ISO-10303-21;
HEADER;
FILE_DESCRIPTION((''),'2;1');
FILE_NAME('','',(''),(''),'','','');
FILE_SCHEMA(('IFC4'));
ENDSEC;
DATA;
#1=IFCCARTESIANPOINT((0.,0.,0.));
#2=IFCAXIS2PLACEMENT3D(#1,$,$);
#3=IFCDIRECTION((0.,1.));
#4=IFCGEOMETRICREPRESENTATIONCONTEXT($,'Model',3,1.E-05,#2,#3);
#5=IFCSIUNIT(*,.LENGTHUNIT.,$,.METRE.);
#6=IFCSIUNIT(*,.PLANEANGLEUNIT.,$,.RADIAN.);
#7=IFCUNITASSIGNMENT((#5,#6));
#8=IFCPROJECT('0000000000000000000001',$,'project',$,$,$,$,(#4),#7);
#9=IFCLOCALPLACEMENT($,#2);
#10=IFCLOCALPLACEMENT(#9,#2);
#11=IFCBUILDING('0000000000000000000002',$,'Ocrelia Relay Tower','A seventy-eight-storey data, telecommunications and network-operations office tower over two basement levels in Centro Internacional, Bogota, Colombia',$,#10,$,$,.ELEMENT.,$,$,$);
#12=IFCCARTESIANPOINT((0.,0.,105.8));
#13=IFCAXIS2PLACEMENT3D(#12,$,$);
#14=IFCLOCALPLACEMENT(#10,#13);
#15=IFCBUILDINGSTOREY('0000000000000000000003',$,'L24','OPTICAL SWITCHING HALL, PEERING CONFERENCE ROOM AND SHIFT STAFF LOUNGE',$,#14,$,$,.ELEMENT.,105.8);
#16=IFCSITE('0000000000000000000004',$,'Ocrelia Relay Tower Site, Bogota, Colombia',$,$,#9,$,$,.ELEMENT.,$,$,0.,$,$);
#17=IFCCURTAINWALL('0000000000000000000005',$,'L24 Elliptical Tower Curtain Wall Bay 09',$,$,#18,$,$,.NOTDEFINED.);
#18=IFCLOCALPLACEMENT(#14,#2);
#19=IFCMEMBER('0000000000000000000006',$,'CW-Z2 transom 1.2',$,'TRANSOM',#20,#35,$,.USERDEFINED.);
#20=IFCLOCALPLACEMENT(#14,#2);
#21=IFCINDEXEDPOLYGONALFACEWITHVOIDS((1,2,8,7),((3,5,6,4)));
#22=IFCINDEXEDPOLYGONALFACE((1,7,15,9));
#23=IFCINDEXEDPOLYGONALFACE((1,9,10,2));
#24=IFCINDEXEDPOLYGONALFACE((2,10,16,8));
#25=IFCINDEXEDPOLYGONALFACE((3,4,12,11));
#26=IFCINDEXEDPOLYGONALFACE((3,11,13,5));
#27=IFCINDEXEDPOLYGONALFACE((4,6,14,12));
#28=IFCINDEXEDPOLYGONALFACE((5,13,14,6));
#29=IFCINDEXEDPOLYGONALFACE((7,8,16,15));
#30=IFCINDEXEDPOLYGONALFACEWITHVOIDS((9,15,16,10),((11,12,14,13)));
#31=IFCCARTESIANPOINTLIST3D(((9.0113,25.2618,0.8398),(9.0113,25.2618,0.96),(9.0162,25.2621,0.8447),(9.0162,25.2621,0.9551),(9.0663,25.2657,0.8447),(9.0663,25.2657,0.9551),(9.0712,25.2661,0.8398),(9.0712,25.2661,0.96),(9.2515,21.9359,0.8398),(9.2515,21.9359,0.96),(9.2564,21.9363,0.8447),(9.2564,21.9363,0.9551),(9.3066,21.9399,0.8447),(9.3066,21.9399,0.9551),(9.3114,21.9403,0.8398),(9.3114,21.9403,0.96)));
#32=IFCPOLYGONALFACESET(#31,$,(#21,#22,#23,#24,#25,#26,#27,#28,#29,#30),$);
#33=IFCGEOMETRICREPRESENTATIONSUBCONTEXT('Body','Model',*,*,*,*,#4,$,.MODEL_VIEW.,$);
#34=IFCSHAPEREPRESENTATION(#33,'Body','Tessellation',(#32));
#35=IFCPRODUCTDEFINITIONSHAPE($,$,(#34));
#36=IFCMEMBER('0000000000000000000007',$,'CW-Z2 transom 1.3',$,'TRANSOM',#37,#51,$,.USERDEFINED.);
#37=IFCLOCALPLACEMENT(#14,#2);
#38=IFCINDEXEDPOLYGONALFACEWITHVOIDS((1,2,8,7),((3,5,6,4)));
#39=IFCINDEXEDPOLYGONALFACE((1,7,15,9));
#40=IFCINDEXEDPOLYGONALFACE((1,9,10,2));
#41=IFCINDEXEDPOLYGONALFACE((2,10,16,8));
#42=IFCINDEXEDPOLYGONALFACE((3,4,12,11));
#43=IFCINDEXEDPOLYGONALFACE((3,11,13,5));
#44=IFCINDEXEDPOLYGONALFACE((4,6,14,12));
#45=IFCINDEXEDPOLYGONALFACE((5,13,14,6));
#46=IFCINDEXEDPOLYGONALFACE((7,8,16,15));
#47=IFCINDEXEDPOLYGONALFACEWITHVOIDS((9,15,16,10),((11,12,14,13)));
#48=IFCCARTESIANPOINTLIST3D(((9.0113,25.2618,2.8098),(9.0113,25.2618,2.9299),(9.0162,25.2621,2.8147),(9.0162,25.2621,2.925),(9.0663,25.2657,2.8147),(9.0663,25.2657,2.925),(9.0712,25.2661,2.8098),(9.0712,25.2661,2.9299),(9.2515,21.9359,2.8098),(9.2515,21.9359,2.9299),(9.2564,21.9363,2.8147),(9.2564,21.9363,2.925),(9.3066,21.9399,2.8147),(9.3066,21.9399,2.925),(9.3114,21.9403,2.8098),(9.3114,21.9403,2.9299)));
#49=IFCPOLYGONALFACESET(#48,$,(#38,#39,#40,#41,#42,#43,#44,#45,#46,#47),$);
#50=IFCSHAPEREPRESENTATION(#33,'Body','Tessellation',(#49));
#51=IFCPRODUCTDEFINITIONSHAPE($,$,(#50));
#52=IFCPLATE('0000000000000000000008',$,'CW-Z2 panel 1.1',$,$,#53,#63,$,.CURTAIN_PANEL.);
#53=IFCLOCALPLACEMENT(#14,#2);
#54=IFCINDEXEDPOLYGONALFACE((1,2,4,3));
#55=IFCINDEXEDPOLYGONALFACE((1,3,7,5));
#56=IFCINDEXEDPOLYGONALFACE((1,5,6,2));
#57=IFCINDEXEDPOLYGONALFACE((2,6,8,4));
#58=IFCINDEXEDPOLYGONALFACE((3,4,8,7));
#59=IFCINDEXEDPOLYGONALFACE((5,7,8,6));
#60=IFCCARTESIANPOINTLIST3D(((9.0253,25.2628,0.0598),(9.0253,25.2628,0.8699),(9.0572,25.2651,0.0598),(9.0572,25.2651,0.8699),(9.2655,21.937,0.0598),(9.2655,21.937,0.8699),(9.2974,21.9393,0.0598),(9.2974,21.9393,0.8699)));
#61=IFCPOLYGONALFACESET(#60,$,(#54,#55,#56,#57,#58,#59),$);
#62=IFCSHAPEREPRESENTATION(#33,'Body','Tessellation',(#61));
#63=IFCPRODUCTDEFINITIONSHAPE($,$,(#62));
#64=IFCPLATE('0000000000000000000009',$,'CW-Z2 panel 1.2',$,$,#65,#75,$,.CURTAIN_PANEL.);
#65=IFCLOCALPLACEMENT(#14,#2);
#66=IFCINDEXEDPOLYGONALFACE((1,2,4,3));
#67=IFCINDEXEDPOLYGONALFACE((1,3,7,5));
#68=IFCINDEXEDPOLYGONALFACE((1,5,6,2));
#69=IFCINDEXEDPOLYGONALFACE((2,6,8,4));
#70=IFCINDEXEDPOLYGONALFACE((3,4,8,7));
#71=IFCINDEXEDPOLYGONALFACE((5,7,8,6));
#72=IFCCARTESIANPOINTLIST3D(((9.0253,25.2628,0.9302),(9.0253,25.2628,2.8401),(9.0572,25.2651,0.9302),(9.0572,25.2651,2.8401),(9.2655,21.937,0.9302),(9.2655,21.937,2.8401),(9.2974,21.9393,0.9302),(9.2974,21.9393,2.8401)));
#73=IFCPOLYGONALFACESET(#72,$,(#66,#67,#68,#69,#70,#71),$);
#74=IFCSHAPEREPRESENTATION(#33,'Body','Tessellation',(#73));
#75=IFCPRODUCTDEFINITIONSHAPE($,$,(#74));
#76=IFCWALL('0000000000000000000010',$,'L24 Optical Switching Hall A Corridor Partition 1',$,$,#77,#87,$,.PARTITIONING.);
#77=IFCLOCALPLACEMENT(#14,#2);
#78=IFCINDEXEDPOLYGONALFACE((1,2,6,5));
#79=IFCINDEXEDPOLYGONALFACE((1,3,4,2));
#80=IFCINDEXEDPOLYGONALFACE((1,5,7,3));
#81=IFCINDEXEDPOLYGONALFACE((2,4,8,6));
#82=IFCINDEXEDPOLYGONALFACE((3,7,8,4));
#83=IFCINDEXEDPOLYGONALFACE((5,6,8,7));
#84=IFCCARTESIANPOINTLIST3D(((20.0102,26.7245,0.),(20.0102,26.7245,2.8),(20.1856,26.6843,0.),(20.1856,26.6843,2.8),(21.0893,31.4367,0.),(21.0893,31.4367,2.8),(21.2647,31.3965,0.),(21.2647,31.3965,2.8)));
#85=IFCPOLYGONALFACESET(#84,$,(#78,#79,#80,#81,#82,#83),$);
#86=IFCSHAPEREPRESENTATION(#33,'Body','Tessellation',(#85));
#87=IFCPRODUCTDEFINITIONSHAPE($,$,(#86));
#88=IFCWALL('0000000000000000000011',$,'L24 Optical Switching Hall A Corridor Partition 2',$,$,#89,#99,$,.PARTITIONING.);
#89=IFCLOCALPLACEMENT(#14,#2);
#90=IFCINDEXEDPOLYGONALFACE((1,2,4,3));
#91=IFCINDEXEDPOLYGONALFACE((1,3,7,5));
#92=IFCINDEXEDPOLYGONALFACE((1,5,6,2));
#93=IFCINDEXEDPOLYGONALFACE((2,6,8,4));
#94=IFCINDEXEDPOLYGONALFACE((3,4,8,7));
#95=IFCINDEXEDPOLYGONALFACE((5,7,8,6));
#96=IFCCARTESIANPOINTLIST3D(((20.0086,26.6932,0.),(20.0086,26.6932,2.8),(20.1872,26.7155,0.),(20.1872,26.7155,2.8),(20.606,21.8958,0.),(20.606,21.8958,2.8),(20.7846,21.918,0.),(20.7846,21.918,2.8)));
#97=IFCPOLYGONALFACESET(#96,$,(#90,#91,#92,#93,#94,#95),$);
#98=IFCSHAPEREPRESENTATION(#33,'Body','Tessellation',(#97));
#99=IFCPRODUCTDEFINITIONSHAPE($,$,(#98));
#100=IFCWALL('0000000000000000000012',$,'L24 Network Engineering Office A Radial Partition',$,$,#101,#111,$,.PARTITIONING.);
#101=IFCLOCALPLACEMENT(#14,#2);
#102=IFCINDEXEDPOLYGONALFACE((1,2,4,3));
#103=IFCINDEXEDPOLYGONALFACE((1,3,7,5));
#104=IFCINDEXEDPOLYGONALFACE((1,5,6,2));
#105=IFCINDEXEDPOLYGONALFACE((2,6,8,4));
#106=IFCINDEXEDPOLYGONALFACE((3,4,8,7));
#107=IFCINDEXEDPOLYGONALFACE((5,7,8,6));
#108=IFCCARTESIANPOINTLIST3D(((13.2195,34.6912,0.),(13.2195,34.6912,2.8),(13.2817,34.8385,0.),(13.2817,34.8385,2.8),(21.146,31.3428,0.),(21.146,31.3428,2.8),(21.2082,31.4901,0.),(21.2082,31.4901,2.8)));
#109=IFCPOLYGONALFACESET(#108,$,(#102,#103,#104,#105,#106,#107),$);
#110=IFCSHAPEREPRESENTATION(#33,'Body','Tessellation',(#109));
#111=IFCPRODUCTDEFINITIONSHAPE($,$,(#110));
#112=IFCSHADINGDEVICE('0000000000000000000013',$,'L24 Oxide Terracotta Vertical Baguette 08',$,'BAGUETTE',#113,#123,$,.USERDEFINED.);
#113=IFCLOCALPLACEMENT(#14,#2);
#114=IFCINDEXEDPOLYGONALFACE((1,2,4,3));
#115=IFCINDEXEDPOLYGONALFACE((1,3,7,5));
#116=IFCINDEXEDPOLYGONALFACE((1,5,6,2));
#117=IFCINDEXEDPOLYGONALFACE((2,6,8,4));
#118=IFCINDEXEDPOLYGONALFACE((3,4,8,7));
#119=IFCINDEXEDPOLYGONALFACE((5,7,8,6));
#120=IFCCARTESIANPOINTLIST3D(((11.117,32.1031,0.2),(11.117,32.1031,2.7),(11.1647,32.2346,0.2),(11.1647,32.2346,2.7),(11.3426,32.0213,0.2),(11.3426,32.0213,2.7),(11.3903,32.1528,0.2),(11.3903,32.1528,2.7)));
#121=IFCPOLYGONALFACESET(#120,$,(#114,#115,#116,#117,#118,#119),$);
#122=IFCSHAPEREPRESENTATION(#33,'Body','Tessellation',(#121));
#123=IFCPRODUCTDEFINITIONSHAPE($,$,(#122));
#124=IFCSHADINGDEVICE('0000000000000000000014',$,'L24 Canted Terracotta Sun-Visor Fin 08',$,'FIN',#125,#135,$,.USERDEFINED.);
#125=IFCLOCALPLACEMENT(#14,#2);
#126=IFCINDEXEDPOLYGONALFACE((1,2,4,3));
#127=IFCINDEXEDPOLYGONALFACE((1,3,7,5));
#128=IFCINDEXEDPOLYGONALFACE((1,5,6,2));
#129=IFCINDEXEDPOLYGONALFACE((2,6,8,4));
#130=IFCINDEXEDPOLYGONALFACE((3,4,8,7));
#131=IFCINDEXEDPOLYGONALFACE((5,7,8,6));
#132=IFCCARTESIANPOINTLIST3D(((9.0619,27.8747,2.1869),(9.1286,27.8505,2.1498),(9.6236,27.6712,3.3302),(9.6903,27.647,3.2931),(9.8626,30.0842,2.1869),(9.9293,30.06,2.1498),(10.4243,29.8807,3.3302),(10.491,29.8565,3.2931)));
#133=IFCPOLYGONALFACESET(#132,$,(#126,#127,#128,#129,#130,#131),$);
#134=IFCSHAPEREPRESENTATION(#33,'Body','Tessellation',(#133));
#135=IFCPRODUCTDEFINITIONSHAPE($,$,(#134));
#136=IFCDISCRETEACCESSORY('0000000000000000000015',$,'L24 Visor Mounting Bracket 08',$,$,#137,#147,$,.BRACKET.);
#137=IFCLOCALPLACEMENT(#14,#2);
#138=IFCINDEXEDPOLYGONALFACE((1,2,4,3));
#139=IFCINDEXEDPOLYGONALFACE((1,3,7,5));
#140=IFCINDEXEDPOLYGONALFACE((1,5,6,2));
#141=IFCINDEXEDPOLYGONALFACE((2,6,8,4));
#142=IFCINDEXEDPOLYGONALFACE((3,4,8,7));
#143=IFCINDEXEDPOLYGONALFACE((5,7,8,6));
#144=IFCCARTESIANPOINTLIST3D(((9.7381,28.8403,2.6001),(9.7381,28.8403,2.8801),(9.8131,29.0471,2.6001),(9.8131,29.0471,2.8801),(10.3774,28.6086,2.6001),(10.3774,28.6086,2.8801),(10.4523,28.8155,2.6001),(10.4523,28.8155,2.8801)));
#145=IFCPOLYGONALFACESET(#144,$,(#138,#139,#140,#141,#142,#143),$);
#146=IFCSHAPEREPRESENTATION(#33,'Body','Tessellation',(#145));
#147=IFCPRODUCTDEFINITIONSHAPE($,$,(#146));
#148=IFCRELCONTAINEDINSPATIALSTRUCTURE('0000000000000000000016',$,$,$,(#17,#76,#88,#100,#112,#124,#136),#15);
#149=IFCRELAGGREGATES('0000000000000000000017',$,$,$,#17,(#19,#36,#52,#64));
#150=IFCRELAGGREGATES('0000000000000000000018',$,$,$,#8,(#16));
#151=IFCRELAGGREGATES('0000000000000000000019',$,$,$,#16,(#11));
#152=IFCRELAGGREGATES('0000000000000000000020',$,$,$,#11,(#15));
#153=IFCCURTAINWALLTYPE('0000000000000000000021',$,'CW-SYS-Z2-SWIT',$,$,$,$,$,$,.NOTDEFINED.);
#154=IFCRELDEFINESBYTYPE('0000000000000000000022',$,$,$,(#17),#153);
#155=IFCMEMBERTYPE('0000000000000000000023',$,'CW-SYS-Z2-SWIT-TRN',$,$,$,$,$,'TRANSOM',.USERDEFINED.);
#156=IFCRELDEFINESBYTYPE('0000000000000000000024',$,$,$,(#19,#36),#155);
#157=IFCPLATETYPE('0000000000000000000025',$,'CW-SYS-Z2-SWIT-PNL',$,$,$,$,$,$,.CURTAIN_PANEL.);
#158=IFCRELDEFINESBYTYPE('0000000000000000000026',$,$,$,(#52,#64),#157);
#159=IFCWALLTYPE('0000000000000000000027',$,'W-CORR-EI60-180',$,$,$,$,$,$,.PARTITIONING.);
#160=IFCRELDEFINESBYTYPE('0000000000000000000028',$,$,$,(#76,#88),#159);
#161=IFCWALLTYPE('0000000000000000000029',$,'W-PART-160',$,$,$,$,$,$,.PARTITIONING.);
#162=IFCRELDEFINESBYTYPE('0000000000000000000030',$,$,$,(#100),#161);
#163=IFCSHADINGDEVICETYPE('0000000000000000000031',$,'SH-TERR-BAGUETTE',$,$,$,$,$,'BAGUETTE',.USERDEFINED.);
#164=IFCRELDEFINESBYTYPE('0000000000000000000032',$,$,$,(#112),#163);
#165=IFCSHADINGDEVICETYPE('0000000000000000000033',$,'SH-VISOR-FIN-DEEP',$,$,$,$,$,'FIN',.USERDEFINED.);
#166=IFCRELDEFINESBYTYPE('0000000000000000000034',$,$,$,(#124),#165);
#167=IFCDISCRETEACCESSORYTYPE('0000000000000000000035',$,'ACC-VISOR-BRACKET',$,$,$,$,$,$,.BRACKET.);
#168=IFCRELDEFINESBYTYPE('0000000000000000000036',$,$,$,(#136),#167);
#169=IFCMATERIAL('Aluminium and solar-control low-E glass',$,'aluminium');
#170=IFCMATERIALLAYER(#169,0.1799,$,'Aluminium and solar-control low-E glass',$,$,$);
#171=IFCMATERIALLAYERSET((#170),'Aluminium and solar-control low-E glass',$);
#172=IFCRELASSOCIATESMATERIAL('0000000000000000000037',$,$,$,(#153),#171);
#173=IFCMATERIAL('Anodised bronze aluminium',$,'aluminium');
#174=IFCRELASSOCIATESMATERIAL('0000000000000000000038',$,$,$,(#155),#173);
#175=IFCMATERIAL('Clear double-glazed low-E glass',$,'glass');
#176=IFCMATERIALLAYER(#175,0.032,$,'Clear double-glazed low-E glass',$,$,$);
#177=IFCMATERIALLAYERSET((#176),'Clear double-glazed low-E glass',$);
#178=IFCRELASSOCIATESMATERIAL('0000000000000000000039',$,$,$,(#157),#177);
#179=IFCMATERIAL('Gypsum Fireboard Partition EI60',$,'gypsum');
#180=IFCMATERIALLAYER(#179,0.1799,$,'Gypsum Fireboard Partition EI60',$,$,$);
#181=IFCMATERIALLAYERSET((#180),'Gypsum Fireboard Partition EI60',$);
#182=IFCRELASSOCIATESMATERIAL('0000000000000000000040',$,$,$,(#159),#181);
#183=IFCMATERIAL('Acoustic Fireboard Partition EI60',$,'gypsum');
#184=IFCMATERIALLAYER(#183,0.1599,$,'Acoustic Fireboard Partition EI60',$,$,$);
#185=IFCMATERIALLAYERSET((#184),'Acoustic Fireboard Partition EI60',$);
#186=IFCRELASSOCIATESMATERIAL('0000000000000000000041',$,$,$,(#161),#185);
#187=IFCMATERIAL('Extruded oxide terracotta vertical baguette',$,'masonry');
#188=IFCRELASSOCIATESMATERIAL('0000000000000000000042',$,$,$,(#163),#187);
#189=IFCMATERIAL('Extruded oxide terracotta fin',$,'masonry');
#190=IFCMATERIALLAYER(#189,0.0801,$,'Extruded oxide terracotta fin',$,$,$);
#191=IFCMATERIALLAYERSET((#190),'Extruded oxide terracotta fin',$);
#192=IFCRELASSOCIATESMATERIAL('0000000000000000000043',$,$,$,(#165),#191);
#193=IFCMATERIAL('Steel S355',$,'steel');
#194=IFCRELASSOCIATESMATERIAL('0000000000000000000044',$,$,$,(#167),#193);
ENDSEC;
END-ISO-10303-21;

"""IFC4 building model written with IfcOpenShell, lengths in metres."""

from ifc_helpers import new_model, si_unit, direction, frame, frame_2d, origin, origin_2d, place, context, subcontext, project, spatial, rectangle, hollow_rectangle, extrude, material, layer, layer_set, material_profile, profile_set, type_object, element, aggregate, save


model = new_model("IFC4")

# Units and contexts
model_context = context("Model", 3, precision=1e-05, world=origin(), true_north=direction((0.0, 1.0)))
body_context = subcontext(model_context, "Body", "Model", "MODEL_VIEW")
ifc_project = project(units=[si_unit("LENGTHUNIT", "METRE"), si_unit("PLANEANGLEUNIT", "RADIAN")], contexts=[model_context])

# Site, building, storey
site_placement = place(None, origin())
site = spatial("IfcSite", under=ifc_project, at=site_placement, Name="Ocrelia Relay Tower Site, Bogota, Colombia", CompositionType="ELEMENT", RefElevation=0.0)
building_placement = place(site_placement, origin())
building = spatial("IfcBuilding", under=site, at=building_placement, Name="Ocrelia Relay Tower", Description="A seventy-eight-storey data, telecommunications and network-operations office tower over two basement levels in Centro Internacional, Bogota, Colombia", CompositionType="ELEMENT")
storey_placement = place(building_placement, frame((0.0, 0.0, 105.8)))
storey = spatial("IfcBuildingStorey", under=building, at=storey_placement, Name="L24", Description="OPTICAL SWITCHING HALL, PEERING CONFERENCE ROOM AND SHIFT STAFF LOUNGE", CompositionType="ELEMENT", Elevation=105.8)

# Shared definitions
ifc_material_1 = material(Name="Steel S355", Category="steel")

# Curtain wall, members, plates
ifc_material_2 = material(Name="Aluminium and solar-control low-E glass", Category="aluminium")
ifc_layer_1 = layer(ifc_material_2, 0.1799, Name="Aluminium and solar-control low-E glass")
ifc_layer_set_1 = layer_set([ifc_layer_1], Name="Aluminium and solar-control low-E glass")
curtain_wall_type = type_object("IfcCurtainWallType", Name="CW-SYS-Z2-SWIT", PredefinedType="NOTDEFINED", material=ifc_layer_set_1)
curtain_wall_placement = place(storey_placement, origin())
curtain_wall = element("IfcCurtainWall", 1, at=curtain_wall_placement, inside=storey, type_object=curtain_wall_type, Name="L24 Elliptical Tower Curtain Wall Bay 09", PredefinedType="NOTDEFINED")
ifc_material_3 = material(Name="Anodised bronze aluminium", Category="aluminium")
ifc_material_profile_1 = material_profile(ifc_material_3, hollow_rectangle(XDim=0.0601, YDim=0.1201, WallThickness=0.0049, at=origin_2d()), Name="CW-TRN-120x60")
ifc_profile_set_1 = profile_set([ifc_material_profile_1], Name="Anodised bronze aluminium")
member_type_1 = type_object("IfcMemberType", Name="CW-SYS-Z2-SWIT-TRN", ElementType="TRANSOM", PredefinedType="USERDEFINED", material=ifc_profile_set_1)
member_1_placement = place(storey_placement, frame((9.0413, 25.2639, 0.8999), z_axis=(0.072043, -0.997402, 0.0), x_axis=(0.997402, 0.072043, 0.0)))
member_1 = element("IfcMember", 2, at=member_1_placement, type_object=member_type_1, Name="CW-Z2 transom 1.2", ObjectType="TRANSOM", PredefinedType="USERDEFINED", context=body_context, shape_type="SweptSolid", body=[
    extrude(hollow_rectangle(XDim=0.0601, YDim=0.1201, WallThickness=0.0049, at=origin_2d()), origin(), (0.0, 0.0, 1.0), 3.3345),
])
member_2_placement = place(storey_placement, frame((9.0413, 25.2639, 2.8699), z_axis=(0.072043, -0.997402, 0.0), x_axis=(0.997402, 0.072043, 0.0)))
member_2 = element("IfcMember", 3, at=member_2_placement, type_object=member_type_1, Name="CW-Z2 transom 1.3", ObjectType="TRANSOM", PredefinedType="USERDEFINED", context=body_context, shape_type="SweptSolid", body=[
    extrude(hollow_rectangle(XDim=0.0601, YDim=0.1201, WallThickness=0.0049, at=origin_2d()), origin(), (0.0, 0.0, 1.0), 3.3345),
])
ifc_material_4 = material(Name="Clear double-glazed low-E glass", Category="glass")
ifc_layer_2 = layer(ifc_material_4, 0.032, Name="Clear double-glazed low-E glass")
ifc_layer_set_2 = layer_set([ifc_layer_2], Name="Clear double-glazed low-E glass")
plate_type = type_object("IfcPlateType", Name="CW-SYS-Z2-SWIT-PNL", PredefinedType="CURTAIN_PANEL", material=ifc_layer_set_2)
plate_1_placement = place(storey_placement, frame((9.1614, 23.6011, 0.0598), z_axis=(0.0, 0.0, 1.0), x_axis=(0.07203, -0.997402, 0.0)))
plate_1 = element("IfcPlate", 4, at=plate_1_placement, type_object=plate_type, Name="CW-Z2 panel 1.1", PredefinedType="CURTAIN_PANEL", context=body_context, shape_type="SweptSolid", body=[
    extrude(rectangle(XDim=3.3345, YDim=0.032, at=origin_2d()), origin(), (0.0, 0.0, 1.0), 0.8101),
])
plate_2_placement = place(storey_placement, frame((9.1614, 23.6011, 0.9302), z_axis=(0.0, 0.0, 1.0), x_axis=(0.07203, -0.997402, 0.0)))
plate_2 = element("IfcPlate", 5, at=plate_2_placement, type_object=plate_type, Name="CW-Z2 panel 1.2", PredefinedType="CURTAIN_PANEL", context=body_context, shape_type="SweptSolid", body=[
    extrude(rectangle(XDim=3.3345, YDim=0.032, at=origin_2d()), origin(), (0.0, 0.0, 1.0), 1.9099),
])
aggregate(curtain_wall, [member_1, member_2, plate_1, plate_2])

# Walls
ifc_material_5 = material(Name="Gypsum Fireboard Partition EI60", Category="gypsum")
ifc_layer_3 = layer(ifc_material_5, 0.1799, Name="Gypsum Fireboard Partition EI60")
ifc_layer_set_3 = layer_set([ifc_layer_3], Name="Gypsum Fireboard Partition EI60")
wall_type_1 = type_object("IfcWallType", Name="W-CORR-EI60-180", PredefinedType="PARTITIONING", material=ifc_layer_set_3)
wall_1_placement = place(storey_placement, frame((21.177, 31.4165, 0.0), z_axis=(0.0, 0.0, 1.0), x_axis=(-0.223225, -0.974767, 0.0)))
element("IfcWall", 6, at=wall_1_placement, inside=storey, type_object=wall_type_1, Name="L24 Optical Switching Hall A Corridor Partition 1", PredefinedType="PARTITIONING", context=body_context, shape_type="SweptSolid", body=[
    extrude(rectangle(XDim=4.8342, YDim=0.1799, at=frame_2d((2.417, 0.0))), origin(), (0.0, 0.0, 1.0), 2.8),
])
wall_2_placement = place(storey_placement, frame((20.0979, 26.7043, 0.0), z_axis=(0.0, 0.0, 1.0), x_axis=(0.123575, -0.992335, 0.0)))
element("IfcWall", 7, at=wall_2_placement, inside=storey, type_object=wall_type_1, Name="L24 Optical Switching Hall A Corridor Partition 2", PredefinedType="PARTITIONING", context=body_context, shape_type="SweptSolid", body=[
    extrude(rectangle(XDim=4.8345, YDim=0.1799, at=frame_2d((2.4172, 0.0))), origin(), (0.0, 0.0, 1.0), 2.8),
])
ifc_material_6 = material(Name="Acoustic Fireboard Partition EI60", Category="gypsum")
ifc_layer_4 = layer(ifc_material_6, 0.1599, Name="Acoustic Fireboard Partition EI60")
ifc_layer_set_4 = layer_set([ifc_layer_4], Name="Acoustic Fireboard Partition EI60")
wall_type_2 = type_object("IfcWallType", Name="W-PART-160", PredefinedType="PARTITIONING", material=ifc_layer_set_4)
wall_3_placement = place(storey_placement, frame((21.177, 31.4165, 0.0), z_axis=(0.0, 0.0, 1.0), x_axis=(-0.921181, 0.389134, 0.0)))
element("IfcWall", 8, at=wall_3_placement, inside=storey, type_object=wall_type_2, Name="L24 Network Engineering Office A Radial Partition", PredefinedType="PARTITIONING", context=body_context, shape_type="SweptSolid", body=[
    extrude(rectangle(XDim=8.6047, YDim=0.1599, at=frame_2d((4.3022, 0.0))), origin(), (0.0, 0.0, 1.0), 2.8),
])

# Shading devices
ifc_material_7 = material(Name="Extruded oxide terracotta vertical baguette", Category="masonry")
shading_device_type_1 = type_object("IfcShadingDeviceType", Name="SH-TERR-BAGUETTE", ElementType="BAGUETTE", PredefinedType="USERDEFINED", material=ifc_material_7)
shading_device_1_placement = place(storey_placement, frame((11.2537, 32.1279, 0.2), z_axis=(0.0, 0.0, 1.0), x_axis=(-0.340704, -0.940171, 0.0)))
element("IfcShadingDevice", 9, at=shading_device_1_placement, inside=storey, type_object=shading_device_type_1, Name="L24 Oxide Terracotta Vertical Baguette 08", ObjectType="BAGUETTE", PredefinedType="USERDEFINED", context=body_context, shape_type="SweptSolid", body=[
    extrude(rectangle(XDim=0.1399, YDim=0.24, at=origin_2d()), origin(), (0.0, 0.0, 1.0), 2.5),
])
ifc_material_8 = material(Name="Extruded oxide terracotta fin", Category="masonry")
ifc_layer_5 = layer(ifc_material_8, 0.0801, Name="Extruded oxide terracotta fin")
ifc_layer_set_5 = layer_set([ifc_layer_5], Name="Extruded oxide terracotta fin")
shading_device_type_2 = type_object("IfcShadingDeviceType", Name="SH-VISOR-FIN-DEEP", ElementType="FIN", PredefinedType="USERDEFINED", material=ifc_layer_set_5)
shading_device_2_placement = place(storey_placement, frame((9.8098, 28.8535, 2.7214), z_axis=(-0.833258, 0.301961, 0.463141), x_axis=(-0.340704, -0.940171, 0.0)))
element("IfcShadingDevice", 10, at=shading_device_2_placement, inside=storey, type_object=shading_device_type_2, Name="L24 Canted Terracotta Sun-Visor Fin 08", ObjectType="FIN", PredefinedType="USERDEFINED", context=body_context, shape_type="SweptSolid", body=[
    extrude(rectangle(XDim=2.3501, YDim=1.29, at=origin_2d()), origin(), (0.0, 0.0, 1.0), 0.0801),
])

# Discrete accessory
discrete_accessory_type = type_object("IfcDiscreteAccessoryType", Name="ACC-VISOR-BRACKET", PredefinedType="BRACKET", material=ifc_material_1)
discrete_accessory_placement = place(storey_placement, frame((10.0952, 28.8279, 2.6001), z_axis=(0.0, 0.0, 1.0), x_axis=(-0.340704, -0.940171, 0.0)))
element("IfcDiscreteAccessory", 11, at=discrete_accessory_placement, inside=storey, type_object=discrete_accessory_type, Name="L24 Visor Mounting Bracket 08", PredefinedType="BRACKET", context=body_context, shape_type="SweptSolid", body=[
    extrude(rectangle(XDim=0.22, YDim=0.6799, at=origin_2d()), origin(), (0.0, 0.0, 1.0), 0.28),
])

save(model, "model.ifc")
